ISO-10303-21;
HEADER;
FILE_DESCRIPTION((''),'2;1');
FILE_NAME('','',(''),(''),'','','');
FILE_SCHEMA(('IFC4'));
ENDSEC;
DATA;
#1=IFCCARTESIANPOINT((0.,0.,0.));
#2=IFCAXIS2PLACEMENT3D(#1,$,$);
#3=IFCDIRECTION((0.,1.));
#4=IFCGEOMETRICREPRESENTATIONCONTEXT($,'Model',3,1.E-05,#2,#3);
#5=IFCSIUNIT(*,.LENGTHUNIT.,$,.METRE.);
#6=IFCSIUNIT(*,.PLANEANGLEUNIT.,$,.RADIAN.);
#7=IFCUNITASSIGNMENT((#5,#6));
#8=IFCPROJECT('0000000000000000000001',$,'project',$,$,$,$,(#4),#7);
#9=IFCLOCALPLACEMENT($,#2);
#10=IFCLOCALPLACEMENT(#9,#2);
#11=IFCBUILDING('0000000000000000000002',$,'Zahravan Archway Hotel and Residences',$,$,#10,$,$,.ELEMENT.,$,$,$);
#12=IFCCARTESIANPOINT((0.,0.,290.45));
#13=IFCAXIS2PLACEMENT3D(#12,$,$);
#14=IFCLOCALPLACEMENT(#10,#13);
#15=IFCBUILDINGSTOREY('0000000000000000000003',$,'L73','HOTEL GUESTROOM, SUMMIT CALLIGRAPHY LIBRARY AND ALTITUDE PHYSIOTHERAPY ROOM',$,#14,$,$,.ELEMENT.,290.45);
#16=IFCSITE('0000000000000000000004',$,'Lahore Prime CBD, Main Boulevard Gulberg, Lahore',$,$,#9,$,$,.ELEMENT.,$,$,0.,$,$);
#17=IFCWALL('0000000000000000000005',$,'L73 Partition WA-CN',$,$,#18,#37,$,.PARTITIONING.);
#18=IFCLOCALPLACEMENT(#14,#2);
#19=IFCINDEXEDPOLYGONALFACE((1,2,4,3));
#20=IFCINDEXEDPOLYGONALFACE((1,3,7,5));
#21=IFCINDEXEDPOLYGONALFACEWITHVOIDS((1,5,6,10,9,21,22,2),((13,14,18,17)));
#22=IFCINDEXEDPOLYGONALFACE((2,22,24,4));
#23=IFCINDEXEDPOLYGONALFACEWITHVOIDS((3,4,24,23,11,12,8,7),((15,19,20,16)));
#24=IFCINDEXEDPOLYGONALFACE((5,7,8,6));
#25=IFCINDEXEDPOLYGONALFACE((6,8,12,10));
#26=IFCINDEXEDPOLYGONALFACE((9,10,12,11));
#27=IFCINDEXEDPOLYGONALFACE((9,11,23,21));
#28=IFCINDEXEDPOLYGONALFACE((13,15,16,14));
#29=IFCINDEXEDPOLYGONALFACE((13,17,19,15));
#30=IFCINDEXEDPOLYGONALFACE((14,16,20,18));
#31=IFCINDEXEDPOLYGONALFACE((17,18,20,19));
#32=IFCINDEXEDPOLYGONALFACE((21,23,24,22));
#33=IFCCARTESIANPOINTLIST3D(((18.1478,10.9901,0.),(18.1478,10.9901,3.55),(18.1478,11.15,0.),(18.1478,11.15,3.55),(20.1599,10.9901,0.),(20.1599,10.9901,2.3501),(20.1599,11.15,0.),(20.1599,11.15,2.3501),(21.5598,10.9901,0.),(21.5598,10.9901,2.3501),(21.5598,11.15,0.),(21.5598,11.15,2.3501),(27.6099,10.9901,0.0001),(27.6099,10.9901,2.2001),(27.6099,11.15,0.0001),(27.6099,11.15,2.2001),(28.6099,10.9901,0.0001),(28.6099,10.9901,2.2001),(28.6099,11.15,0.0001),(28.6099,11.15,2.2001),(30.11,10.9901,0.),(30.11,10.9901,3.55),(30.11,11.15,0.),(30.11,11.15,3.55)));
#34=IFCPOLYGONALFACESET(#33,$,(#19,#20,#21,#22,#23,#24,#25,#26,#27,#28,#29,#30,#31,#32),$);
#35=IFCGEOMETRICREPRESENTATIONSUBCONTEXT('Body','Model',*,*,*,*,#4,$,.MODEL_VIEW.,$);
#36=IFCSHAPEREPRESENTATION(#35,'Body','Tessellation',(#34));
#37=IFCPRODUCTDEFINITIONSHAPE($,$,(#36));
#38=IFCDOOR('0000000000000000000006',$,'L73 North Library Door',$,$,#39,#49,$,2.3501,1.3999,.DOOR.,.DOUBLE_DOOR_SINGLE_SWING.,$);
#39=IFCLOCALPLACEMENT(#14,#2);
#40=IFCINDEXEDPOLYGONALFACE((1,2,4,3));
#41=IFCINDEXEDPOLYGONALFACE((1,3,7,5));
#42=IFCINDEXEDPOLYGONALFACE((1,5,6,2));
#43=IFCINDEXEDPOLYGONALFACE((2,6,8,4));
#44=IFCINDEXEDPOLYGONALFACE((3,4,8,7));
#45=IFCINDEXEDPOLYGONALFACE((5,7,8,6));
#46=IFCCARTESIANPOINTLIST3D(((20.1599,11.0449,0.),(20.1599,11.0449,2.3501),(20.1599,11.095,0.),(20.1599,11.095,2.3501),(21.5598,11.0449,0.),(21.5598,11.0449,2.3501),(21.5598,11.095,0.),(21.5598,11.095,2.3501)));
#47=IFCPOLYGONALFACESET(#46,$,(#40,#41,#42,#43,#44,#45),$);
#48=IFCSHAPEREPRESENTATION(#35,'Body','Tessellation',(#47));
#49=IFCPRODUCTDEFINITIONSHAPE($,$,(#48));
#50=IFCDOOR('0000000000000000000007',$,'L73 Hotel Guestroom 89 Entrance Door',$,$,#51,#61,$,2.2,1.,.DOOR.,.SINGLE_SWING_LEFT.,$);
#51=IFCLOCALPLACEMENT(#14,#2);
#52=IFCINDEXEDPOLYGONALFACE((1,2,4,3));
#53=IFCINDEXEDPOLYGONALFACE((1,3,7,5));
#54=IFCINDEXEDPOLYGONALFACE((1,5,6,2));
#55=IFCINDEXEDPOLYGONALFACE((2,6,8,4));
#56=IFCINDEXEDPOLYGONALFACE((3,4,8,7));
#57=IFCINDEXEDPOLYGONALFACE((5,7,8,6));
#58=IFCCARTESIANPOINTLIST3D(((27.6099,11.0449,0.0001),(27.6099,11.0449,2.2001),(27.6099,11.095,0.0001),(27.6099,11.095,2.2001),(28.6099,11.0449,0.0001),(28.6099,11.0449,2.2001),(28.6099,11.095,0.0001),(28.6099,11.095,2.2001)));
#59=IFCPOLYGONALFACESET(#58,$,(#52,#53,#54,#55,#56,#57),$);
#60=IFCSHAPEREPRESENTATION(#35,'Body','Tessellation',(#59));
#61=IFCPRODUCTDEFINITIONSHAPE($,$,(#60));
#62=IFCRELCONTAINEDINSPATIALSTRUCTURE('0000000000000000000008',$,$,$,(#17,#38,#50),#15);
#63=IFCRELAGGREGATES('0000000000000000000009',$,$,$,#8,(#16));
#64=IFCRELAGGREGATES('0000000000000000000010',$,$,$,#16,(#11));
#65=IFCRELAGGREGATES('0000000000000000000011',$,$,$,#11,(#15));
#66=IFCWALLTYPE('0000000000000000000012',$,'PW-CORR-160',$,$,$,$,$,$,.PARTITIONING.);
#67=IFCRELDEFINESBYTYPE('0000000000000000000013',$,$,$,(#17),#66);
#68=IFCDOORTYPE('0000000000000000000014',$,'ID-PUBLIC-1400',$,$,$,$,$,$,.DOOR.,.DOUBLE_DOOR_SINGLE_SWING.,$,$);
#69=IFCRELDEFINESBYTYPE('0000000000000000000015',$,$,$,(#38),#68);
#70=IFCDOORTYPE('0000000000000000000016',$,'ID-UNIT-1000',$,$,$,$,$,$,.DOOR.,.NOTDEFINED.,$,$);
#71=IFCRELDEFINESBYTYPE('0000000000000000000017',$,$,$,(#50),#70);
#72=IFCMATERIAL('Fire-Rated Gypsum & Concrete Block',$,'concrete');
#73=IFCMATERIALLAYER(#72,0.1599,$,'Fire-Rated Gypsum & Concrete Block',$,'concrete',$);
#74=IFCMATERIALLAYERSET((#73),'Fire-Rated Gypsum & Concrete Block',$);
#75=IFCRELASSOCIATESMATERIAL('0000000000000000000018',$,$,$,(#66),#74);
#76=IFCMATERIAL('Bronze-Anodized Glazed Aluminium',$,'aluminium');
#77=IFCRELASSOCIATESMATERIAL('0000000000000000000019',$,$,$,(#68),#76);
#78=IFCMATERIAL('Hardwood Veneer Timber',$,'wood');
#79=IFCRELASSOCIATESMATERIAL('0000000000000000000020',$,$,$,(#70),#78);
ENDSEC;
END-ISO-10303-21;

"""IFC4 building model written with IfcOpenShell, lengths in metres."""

from ifc_helpers import new_model, si_unit, direction, frame, frame_2d, origin, place, context, subcontext, project, spatial, rectangle, extrude, source, transform, mapped, material, layer, layer_set, type_object, type_shapes, element, fill, save


model = new_model("IFC4")

# Units and contexts
model_context = context("Model", 3, precision=1e-05, world=origin(), true_north=direction((0.0, 1.0)))
body_context = subcontext(model_context, "Body", "Model", "MODEL_VIEW")
ifc_project = project(units=[si_unit("LENGTHUNIT", "METRE"), si_unit("PLANEANGLEUNIT", "RADIAN")], contexts=[model_context])

# Site, building, storey
site_placement = place(None, origin())
site = spatial("IfcSite", under=ifc_project, at=site_placement, Name="Lahore Prime CBD, Main Boulevard Gulberg, Lahore", CompositionType="ELEMENT", RefElevation=0.0)
building_placement = place(site_placement, origin())
building = spatial("IfcBuilding", under=site, at=building_placement, Name="Zahravan Archway Hotel and Residences", CompositionType="ELEMENT")
storey_placement = place(building_placement, frame((0.0, 0.0, 290.45)))
storey = spatial("IfcBuildingStorey", under=building, at=storey_placement, Name="L73", Description="HOTEL GUESTROOM, SUMMIT CALLIGRAPHY LIBRARY AND ALTITUDE PHYSIOTHERAPY ROOM", CompositionType="ELEMENT", Elevation=290.45)

# Wall, openings, doors
ifc_material_1 = material(Name="Fire-Rated Gypsum & Concrete Block", Category="concrete")
ifc_layer_1 = layer(ifc_material_1, 0.1599, Name="Fire-Rated Gypsum & Concrete Block", Category="concrete")
ifc_layer_set_1 = layer_set([ifc_layer_1], Name="Fire-Rated Gypsum & Concrete Block")
wall_type_1 = type_object("IfcWallType", Name="PW-CORR-160", PredefinedType="PARTITIONING", material=ifc_layer_set_1)
wall_1_placement = place(storey_placement, frame((18.1479, 11.0701, 0.0), z_axis=(0.0, 0.0, 1.0), x_axis=(1.0, 0.0, 0.0)))
wall_1 = element("IfcWall", 1, at=wall_1_placement, inside=storey, type_object=wall_type_1, Name="L73 Partition WA-CN", PredefinedType="PARTITIONING", context=body_context, shape_type="SweptSolid", body=[
    extrude(rectangle(XDim=11.9622, YDim=0.1599, at=frame_2d((5.981, 0.0))), origin(), (0.0, 0.0, 1.0), 3.55),
])
opening_1_placement = place(wall_1_placement, frame((2.012, 0.0, 0.0)))
opening_1 = element("IfcOpeningElement", 2, at=opening_1_placement, cuts=wall_1, PredefinedType="OPENING", context=body_context, shape_type="SweptSolid", body=[
    extrude(rectangle(XDim=1.3999, YDim=2.3501, at=frame_2d((0.7, 1.175))), frame((0.0, 0.0898, 0.0), z_axis=(0.0, -1.0, 0.0), x_axis=(1.0, 0.0, 0.0)), (0.0, 0.0, 1.0), 0.1799),
])
opening_2_placement = place(wall_1_placement, frame((9.4619, 0.0, 0.0)))
opening_2 = element("IfcOpeningElement", 3, at=opening_2_placement, cuts=wall_1, PredefinedType="OPENING", context=body_context, shape_type="SweptSolid", body=[
    extrude(rectangle(XDim=1.0, YDim=2.2, at=frame_2d((0.5, 1.1001))), frame((0.0, 0.0898, 0.0), z_axis=(0.0, -1.0, 0.0), x_axis=(1.0, 0.0, 0.0)), (0.0, 0.0, 1.0), 0.1799),
])
ifc_material_2 = material(Name="Bronze-Anodized Glazed Aluminium", Category="aluminium")
door_type_1 = type_object("IfcDoorType", Name="ID-PUBLIC-1400", OperationType="DOUBLE_DOOR_SINGLE_SWING", PredefinedType="DOOR", material=ifc_material_2)
shared_shape_1 = source(origin(), body_context, "Body", "SweptSolid", [
    extrude(rectangle(XDim=1.3999, YDim=2.3501, at=frame_2d((0.7, 1.175))), frame((0.0, 0.0249, 0.0), z_axis=(0.0, -1.0, 0.0), x_axis=(1.0, 0.0, 0.0)), (0.0, 0.0, 1.0), 0.05),
])
type_shapes(door_type_1, [shared_shape_1])
door_1_placement = place(opening_1_placement, origin())
door_1 = element("IfcDoor", 4, at=door_1_placement, inside=storey, type_object=door_type_1, Name="L73 North Library Door", OperationType="DOUBLE_DOOR_SINGLE_SWING", OverallHeight=2.3501, OverallWidth=1.3999, PredefinedType="DOOR", context=body_context, shape_type="MappedRepresentation", body=[
    mapped(shared_shape_1, transform((0.0, 0.0, 0.0), scale=1.0)),
])
fill(opening_1, door_1)
ifc_material_3 = material(Name="Hardwood Veneer Timber", Category="wood")
door_type_2 = type_object("IfcDoorType", Name="ID-UNIT-1000", OperationType="NOTDEFINED", PredefinedType="DOOR", material=ifc_material_3)
shared_shape_2 = source(origin(), body_context, "Body", "SweptSolid", [
    extrude(rectangle(XDim=1.0, YDim=2.2, at=frame_2d((0.5, 1.1001))), frame((0.0, 0.0249, 0.0), z_axis=(0.0, -1.0, 0.0), x_axis=(1.0, 0.0, 0.0)), (0.0, 0.0, 1.0), 0.05),
])
type_shapes(door_type_2, [shared_shape_2])
door_2_placement = place(opening_2_placement, origin())
door_2 = element("IfcDoor", 5, at=door_2_placement, inside=storey, type_object=door_type_2, Name="L73 Hotel Guestroom 89 Entrance Door", OperationType="SINGLE_SWING_LEFT", OverallHeight=2.2, OverallWidth=1.0, PredefinedType="DOOR", context=body_context, shape_type="MappedRepresentation", body=[
    mapped(shared_shape_2, transform((0.0, 0.0, 0.0), scale=1.0)),
])
fill(opening_2, door_2)

save(model, "model.ifc")
